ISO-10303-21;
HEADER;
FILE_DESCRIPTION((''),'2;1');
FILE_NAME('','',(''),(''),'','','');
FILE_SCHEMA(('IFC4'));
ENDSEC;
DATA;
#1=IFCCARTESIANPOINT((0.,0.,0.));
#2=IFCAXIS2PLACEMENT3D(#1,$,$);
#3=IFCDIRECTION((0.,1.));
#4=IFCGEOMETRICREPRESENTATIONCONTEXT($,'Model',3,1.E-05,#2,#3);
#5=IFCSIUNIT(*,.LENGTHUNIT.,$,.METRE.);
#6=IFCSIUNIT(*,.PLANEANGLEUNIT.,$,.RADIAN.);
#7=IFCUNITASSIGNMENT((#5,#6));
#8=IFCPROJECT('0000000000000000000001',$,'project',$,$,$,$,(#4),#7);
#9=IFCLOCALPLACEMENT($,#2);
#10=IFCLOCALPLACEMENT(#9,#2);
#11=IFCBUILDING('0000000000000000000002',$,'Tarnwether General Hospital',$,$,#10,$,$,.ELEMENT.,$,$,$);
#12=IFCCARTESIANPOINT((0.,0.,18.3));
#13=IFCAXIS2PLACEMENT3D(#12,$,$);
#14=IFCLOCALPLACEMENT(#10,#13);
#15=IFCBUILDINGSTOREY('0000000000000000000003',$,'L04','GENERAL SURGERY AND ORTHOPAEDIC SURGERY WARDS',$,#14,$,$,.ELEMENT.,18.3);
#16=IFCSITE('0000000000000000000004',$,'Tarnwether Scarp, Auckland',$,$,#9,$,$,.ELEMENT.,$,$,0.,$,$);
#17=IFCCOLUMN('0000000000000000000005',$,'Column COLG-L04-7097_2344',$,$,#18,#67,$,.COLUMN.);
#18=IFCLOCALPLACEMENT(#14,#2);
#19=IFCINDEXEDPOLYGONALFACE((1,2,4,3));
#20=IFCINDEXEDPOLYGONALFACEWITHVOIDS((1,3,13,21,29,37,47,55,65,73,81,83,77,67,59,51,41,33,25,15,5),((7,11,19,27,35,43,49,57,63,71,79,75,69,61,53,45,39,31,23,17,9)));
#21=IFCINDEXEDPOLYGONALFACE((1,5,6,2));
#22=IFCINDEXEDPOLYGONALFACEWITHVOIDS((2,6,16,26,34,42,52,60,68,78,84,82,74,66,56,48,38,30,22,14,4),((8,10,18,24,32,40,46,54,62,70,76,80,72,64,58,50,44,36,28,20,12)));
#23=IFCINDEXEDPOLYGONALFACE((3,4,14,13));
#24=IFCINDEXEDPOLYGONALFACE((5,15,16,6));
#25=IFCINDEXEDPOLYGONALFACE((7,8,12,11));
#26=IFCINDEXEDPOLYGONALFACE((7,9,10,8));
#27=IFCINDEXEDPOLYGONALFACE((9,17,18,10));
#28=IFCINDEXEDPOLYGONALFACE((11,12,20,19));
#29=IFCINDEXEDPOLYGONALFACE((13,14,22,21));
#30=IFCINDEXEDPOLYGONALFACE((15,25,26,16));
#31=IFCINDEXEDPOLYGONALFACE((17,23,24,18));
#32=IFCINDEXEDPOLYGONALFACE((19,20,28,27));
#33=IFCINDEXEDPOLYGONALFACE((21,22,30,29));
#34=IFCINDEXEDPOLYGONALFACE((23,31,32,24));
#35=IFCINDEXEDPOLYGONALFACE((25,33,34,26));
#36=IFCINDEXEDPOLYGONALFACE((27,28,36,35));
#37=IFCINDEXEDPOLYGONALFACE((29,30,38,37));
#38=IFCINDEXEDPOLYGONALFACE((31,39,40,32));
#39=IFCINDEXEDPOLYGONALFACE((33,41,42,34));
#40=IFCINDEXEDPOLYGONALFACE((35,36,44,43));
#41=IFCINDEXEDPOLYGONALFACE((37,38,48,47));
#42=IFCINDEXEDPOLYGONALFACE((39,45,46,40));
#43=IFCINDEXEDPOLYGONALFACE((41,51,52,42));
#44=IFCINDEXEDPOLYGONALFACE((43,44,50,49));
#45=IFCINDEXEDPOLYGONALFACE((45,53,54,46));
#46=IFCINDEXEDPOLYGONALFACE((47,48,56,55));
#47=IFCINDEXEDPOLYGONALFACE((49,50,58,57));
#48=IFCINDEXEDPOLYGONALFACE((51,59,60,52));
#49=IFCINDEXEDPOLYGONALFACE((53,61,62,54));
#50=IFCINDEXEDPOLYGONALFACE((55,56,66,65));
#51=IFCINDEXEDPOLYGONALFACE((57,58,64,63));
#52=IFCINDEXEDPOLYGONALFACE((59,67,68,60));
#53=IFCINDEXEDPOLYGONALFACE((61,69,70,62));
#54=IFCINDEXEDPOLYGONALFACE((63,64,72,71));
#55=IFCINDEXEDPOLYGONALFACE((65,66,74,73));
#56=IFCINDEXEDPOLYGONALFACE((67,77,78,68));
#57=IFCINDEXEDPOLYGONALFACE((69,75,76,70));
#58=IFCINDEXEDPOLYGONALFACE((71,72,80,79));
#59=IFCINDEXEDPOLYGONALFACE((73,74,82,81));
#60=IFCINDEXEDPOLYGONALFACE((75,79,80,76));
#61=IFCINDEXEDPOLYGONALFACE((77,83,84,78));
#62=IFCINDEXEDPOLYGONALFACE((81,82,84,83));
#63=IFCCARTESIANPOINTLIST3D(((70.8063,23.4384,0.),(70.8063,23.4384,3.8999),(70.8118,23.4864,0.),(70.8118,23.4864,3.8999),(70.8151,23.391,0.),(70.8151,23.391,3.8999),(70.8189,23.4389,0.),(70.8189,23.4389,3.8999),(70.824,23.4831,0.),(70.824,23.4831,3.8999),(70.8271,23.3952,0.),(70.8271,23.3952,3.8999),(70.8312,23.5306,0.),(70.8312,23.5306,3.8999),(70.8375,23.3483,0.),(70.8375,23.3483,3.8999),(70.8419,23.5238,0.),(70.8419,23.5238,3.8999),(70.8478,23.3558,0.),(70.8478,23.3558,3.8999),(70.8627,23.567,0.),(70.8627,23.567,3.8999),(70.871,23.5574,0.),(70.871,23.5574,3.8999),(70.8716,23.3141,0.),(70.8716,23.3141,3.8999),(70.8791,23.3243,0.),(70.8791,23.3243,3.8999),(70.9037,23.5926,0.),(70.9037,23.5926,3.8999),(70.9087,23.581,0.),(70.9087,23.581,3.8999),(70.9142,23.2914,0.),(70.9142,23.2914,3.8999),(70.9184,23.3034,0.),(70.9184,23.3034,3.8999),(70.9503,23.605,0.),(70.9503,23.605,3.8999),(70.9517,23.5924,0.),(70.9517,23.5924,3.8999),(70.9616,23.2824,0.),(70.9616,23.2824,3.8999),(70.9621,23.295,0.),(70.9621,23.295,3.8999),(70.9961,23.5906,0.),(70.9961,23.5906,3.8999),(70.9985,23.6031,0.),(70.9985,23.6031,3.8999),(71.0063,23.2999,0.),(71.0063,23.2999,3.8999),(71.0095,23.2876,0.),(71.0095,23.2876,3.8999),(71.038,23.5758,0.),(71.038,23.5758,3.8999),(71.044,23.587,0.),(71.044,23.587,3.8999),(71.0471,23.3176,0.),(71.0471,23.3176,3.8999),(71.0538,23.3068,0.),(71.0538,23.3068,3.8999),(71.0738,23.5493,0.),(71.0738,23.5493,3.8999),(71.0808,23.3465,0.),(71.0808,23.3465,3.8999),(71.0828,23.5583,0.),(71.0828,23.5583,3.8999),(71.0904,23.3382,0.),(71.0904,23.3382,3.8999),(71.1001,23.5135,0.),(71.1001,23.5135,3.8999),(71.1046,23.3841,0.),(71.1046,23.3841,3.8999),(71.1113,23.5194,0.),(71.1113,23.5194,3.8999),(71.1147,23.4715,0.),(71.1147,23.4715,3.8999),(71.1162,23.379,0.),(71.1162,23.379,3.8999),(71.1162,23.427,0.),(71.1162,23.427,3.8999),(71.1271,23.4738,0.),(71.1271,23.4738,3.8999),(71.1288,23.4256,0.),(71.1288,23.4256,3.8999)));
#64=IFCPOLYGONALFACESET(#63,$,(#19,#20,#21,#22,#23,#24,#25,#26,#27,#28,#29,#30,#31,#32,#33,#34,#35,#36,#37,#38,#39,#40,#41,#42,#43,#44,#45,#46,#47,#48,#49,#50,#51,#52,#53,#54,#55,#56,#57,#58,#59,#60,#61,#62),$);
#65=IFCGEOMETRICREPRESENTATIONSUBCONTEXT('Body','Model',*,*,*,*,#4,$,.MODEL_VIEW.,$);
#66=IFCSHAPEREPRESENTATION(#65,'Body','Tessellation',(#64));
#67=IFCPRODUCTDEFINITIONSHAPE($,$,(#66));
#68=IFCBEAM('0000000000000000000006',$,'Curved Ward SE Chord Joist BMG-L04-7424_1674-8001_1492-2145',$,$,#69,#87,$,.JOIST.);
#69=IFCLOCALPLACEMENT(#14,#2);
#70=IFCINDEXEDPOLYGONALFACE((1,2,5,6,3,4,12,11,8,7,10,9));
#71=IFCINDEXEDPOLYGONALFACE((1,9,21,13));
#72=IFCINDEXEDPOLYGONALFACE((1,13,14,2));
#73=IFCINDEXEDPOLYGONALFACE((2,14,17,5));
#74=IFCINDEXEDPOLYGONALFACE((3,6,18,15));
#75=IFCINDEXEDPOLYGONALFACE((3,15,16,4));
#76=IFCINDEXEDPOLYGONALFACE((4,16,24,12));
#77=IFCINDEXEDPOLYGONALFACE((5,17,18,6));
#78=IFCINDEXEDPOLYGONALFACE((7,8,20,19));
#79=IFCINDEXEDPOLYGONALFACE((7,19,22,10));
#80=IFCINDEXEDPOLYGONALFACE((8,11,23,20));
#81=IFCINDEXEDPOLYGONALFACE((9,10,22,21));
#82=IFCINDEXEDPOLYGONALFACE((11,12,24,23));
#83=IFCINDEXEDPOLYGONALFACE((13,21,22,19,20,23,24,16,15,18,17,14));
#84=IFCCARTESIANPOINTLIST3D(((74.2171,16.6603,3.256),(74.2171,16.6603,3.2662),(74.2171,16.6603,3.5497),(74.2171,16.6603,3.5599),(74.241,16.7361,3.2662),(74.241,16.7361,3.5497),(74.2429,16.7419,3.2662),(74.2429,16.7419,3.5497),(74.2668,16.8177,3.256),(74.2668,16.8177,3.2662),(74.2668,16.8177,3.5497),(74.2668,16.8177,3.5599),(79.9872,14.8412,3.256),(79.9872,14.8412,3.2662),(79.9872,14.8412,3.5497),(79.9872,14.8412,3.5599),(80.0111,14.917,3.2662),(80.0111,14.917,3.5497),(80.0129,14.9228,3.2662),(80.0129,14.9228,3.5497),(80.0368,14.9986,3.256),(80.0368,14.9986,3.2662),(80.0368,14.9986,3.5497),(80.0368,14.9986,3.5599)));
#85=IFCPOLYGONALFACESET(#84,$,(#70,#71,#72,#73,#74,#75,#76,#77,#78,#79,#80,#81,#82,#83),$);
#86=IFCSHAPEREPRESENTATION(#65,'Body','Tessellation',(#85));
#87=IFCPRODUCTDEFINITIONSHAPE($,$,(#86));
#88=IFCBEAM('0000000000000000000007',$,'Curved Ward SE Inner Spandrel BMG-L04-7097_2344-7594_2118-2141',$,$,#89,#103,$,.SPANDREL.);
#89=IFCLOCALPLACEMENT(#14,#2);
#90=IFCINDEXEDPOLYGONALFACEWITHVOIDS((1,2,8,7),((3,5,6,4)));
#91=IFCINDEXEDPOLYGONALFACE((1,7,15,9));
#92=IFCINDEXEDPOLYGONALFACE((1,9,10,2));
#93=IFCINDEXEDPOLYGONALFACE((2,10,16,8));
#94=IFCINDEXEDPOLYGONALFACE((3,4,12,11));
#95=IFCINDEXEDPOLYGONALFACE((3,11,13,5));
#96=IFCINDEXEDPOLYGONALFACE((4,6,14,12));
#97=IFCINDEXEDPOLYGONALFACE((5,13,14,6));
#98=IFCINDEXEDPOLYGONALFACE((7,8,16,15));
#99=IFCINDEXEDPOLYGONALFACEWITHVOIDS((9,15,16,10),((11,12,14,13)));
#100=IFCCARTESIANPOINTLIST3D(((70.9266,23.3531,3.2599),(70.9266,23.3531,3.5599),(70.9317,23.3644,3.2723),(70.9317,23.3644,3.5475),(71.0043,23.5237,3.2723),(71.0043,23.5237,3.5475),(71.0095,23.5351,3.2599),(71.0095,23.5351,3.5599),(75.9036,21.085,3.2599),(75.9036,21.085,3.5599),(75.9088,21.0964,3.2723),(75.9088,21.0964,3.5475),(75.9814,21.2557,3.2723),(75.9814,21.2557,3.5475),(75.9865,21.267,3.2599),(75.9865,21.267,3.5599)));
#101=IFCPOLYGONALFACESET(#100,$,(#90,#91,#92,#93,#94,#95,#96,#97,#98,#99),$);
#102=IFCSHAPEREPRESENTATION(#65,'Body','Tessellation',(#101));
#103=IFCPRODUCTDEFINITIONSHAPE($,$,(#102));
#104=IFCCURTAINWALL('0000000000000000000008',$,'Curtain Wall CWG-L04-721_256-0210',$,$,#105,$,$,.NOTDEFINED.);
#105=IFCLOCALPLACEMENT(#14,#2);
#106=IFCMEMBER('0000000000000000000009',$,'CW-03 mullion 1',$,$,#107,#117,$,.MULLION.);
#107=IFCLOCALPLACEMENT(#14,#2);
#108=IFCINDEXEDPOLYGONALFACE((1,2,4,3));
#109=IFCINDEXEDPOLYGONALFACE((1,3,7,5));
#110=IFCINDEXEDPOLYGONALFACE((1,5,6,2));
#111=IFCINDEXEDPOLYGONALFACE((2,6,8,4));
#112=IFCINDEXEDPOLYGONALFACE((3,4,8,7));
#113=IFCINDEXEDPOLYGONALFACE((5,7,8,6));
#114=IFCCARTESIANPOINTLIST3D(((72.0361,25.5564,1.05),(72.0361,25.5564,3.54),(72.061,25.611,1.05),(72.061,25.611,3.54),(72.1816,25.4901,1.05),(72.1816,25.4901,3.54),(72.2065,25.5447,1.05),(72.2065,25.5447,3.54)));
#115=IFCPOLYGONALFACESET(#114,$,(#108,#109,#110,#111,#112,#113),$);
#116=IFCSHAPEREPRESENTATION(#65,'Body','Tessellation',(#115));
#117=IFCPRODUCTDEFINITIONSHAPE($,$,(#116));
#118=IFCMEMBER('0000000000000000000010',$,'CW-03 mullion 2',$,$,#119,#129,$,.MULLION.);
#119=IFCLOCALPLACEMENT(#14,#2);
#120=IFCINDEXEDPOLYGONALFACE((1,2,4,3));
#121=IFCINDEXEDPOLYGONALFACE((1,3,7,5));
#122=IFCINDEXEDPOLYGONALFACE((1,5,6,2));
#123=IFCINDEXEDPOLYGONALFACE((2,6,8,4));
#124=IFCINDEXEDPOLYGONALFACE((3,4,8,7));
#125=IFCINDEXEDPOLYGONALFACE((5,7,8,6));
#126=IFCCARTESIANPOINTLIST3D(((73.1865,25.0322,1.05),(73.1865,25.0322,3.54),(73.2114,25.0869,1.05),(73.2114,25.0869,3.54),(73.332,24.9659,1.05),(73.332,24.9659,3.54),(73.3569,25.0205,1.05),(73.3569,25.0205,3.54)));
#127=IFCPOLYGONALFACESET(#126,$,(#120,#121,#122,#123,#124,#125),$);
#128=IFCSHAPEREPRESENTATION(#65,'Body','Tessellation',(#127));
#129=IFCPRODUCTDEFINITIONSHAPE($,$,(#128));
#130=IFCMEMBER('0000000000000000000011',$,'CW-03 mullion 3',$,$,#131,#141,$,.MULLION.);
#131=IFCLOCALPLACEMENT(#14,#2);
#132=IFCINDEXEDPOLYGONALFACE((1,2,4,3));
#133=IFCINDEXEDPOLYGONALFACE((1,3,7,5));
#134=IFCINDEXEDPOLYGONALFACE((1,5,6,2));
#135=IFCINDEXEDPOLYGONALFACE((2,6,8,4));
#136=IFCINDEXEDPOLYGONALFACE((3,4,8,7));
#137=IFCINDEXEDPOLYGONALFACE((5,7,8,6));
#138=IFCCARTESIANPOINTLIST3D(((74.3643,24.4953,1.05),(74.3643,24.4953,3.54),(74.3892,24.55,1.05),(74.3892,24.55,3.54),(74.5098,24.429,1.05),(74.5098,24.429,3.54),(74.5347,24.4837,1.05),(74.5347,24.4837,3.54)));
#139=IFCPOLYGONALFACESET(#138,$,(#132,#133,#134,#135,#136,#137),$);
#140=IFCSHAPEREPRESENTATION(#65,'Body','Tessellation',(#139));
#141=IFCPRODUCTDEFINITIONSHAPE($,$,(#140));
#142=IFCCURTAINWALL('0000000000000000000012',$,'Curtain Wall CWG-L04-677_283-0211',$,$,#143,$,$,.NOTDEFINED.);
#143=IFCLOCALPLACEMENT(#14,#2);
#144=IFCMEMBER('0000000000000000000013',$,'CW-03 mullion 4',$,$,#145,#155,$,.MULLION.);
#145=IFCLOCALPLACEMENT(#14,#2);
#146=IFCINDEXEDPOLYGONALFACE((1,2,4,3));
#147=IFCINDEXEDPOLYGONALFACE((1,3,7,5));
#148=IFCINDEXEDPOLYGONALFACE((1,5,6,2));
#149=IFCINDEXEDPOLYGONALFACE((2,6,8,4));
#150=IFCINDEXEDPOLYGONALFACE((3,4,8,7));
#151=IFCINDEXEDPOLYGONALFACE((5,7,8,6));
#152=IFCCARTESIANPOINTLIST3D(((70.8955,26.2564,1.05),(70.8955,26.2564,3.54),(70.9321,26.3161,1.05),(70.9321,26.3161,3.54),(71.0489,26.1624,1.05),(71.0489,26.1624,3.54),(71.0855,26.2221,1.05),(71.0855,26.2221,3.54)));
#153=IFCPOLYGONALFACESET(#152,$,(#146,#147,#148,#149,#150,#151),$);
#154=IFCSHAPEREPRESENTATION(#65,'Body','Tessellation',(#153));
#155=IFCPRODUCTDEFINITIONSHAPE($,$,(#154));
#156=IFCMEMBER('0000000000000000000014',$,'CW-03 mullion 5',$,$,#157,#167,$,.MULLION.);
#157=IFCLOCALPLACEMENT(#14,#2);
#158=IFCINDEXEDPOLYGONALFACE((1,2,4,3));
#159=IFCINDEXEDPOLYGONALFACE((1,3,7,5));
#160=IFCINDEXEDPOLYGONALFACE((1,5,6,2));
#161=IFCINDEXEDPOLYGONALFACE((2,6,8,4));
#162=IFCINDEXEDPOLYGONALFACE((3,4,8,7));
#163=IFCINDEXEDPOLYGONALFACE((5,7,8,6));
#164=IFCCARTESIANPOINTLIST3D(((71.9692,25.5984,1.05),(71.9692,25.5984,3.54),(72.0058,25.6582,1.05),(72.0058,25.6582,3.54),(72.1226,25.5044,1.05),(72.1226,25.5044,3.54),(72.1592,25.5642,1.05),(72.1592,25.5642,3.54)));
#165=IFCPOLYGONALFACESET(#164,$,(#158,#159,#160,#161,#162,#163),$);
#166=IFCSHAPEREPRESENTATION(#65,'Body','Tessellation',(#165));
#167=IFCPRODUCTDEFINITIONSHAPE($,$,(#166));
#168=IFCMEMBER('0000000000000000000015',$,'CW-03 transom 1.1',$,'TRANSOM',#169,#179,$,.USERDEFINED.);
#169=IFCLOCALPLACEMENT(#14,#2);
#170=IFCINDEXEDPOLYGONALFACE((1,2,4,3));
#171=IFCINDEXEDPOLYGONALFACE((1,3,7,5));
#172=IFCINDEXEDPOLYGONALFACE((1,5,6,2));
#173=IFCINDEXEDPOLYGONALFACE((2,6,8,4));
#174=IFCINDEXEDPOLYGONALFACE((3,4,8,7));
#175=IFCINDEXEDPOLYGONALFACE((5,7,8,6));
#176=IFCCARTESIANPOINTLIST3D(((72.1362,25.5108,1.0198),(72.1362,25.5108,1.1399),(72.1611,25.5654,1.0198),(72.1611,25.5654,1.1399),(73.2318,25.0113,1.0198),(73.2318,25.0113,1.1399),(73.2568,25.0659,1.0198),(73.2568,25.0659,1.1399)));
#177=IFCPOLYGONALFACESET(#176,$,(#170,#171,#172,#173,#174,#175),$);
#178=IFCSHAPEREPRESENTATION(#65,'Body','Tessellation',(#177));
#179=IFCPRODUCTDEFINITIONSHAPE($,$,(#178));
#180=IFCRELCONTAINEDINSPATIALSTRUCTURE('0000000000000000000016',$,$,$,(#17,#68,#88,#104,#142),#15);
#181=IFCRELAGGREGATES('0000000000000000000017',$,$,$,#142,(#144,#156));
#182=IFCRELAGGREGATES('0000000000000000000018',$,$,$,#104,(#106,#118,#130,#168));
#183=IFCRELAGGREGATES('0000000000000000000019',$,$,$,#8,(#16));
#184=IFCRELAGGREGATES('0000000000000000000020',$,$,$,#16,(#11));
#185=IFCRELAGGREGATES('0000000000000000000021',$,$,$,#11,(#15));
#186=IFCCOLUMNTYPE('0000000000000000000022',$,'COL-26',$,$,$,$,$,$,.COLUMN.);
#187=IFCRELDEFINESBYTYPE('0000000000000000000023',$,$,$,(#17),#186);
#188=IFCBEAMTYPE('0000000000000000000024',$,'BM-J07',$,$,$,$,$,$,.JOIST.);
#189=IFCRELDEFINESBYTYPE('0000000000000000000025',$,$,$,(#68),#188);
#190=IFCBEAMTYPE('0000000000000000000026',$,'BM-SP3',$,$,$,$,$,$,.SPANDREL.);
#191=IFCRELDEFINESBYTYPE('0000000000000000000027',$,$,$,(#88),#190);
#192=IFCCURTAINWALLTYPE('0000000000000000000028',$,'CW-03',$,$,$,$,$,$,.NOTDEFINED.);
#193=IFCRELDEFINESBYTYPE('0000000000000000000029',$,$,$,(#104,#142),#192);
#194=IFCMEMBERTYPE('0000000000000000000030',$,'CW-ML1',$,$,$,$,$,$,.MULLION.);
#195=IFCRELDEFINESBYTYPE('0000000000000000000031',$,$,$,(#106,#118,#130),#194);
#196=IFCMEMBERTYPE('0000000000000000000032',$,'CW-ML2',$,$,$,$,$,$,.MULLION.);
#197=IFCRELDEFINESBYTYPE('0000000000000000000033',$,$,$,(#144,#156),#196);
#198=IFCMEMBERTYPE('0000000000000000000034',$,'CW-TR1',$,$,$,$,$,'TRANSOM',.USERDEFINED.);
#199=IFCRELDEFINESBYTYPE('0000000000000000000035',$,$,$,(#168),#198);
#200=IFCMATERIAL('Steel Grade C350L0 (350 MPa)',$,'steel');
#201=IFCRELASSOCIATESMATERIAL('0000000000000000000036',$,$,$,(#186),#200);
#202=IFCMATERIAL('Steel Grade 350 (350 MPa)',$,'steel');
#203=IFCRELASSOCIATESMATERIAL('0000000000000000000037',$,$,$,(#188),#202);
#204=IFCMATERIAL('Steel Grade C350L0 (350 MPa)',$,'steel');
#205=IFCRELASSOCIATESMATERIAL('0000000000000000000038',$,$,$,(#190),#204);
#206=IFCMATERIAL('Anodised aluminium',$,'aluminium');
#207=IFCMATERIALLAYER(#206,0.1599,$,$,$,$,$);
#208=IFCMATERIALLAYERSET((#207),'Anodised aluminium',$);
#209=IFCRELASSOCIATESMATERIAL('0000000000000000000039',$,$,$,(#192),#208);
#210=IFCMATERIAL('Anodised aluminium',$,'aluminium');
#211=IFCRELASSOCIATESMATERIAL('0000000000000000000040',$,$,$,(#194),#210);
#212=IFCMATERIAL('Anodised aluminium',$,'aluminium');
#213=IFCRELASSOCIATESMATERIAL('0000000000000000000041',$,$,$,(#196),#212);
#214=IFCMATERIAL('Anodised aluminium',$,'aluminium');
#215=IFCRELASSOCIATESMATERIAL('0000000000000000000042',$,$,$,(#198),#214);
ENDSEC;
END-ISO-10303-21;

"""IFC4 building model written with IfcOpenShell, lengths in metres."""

from ifc_helpers import new_model, si_unit, direction, frame, origin, origin_2d, place, context, subcontext, project, spatial, rectangle, hollow_rectangle, hollow_circle, i_section, extrude, material, layer, layer_set, material_profile, profile_set, type_object, element, aggregate, save


model = new_model("IFC4")

# Units and contexts
model_context = context("Model", 3, precision=1e-05, world=origin(), true_north=direction((0.0, 1.0)))
body_context = subcontext(model_context, "Body", "Model", "MODEL_VIEW")
ifc_project = project(units=[si_unit("LENGTHUNIT", "METRE"), si_unit("PLANEANGLEUNIT", "RADIAN")], contexts=[model_context])

# Site, building, storey
site_placement = place(None, origin())
site = spatial("IfcSite", under=ifc_project, at=site_placement, Name="Tarnwether Scarp, Auckland", CompositionType="ELEMENT", RefElevation=0.0)
building_placement = place(site_placement, origin())
building = spatial("IfcBuilding", under=site, at=building_placement, Name="Tarnwether General Hospital", CompositionType="ELEMENT")
storey_placement = place(building_placement, frame((0.0, 0.0, 18.3)))
storey = spatial("IfcBuildingStorey", under=building, at=storey_placement, Name="L04", Description="GENERAL SURGERY AND ORTHOPAEDIC SURGERY WARDS", CompositionType="ELEMENT", Elevation=18.3)

# Column
ifc_material_1 = material(Name="Steel Grade C350L0 (350 MPa)", Category="steel")
ifc_material_profile_1 = material_profile(ifc_material_1, hollow_circle(Radius=0.1619, WallThickness=0.0127, at=origin_2d()), Name="CHS323.9x12.7")
ifc_profile_set_1 = profile_set([ifc_material_profile_1], Name="Steel Grade C350L0 (350 MPa)")
column_type = type_object("IfcColumnType", Name="COL-26", PredefinedType="COLUMN", material=ifc_profile_set_1)
column_placement = place(storey_placement, frame((70.968, 23.4441, 0.0), z_axis=(0.0, 0.0, 1.0), x_axis=(0.469472, 0.882948, 0.0)))
element("IfcColumn", 1, at=column_placement, inside=storey, type_object=column_type, Name="Column COLG-L04-7097_2344", PredefinedType="COLUMN", context=body_context, shape_type="SweptSolid", body=[
    extrude(hollow_circle(Radius=0.1619, WallThickness=0.0127, at=origin_2d()), origin(), (0.0, 0.0, 1.0), 3.8999),
])

# Beams
ifc_material_2 = material(Name="Steel Grade 350 (350 MPa)", Category="steel")
ifc_material_profile_2 = material_profile(ifc_material_2, i_section(OverallWidth=0.165, OverallDepth=0.304, WebThickness=0.0061, FlangeThickness=0.0103, at=origin_2d()), Name="310UB40.4")
ifc_profile_set_2 = profile_set([ifc_material_profile_2], Name="Steel Grade 350 (350 MPa)")
beam_type_1 = type_object("IfcBeamType", Name="BM-J07", PredefinedType="JOIST", material=ifc_profile_set_2)
beam_1_placement = place(storey_placement, frame((74.2419, 16.739, 3.408), z_axis=(0.953726, -0.300677, 0.0), x_axis=(0.300677, 0.953726, 0.0)))
element("IfcBeam", 2, at=beam_1_placement, inside=storey, type_object=beam_type_1, Name="Curved Ward SE Chord Joist BMG-L04-7424_1674-8001_1492-2145", PredefinedType="JOIST", context=body_context, shape_type="SweptSolid", body=[
    extrude(i_section(OverallWidth=0.165, OverallDepth=0.304, WebThickness=0.0061, FlangeThickness=0.0103, at=origin_2d()), origin(), (0.0, 0.0, 1.0), 6.05),
])
ifc_material_3 = material(Name="Steel Grade C350L0 (350 MPa)", Category="steel")
ifc_material_profile_3 = material_profile(ifc_material_3, hollow_rectangle(XDim=0.2, YDim=0.3, WallThickness=0.0125, at=origin_2d()), Name="RHS300x200x12.5")
ifc_profile_set_3 = profile_set([ifc_material_profile_3], Name="Steel Grade C350L0 (350 MPa)")
beam_type_2 = type_object("IfcBeamType", Name="BM-SP3", PredefinedType="SPANDREL", material=ifc_profile_set_3)
beam_2_placement = place(storey_placement, frame((70.968, 23.4441, 3.4099), z_axis=(0.909969, -0.414677, 0.0), x_axis=(0.414677, 0.909969, 0.0)))
element("IfcBeam", 3, at=beam_2_placement, inside=storey, type_object=beam_type_2, Name="Curved Ward SE Inner Spandrel BMG-L04-7097_2344-7594_2118-2141", PredefinedType="SPANDREL", context=body_context, shape_type="SweptSolid", body=[
    extrude(hollow_rectangle(XDim=0.2, YDim=0.3, WallThickness=0.0125, at=origin_2d()), origin(), (0.0, 0.0, 1.0), 5.4695),
])

# Curtain walls, members
ifc_material_4 = material(Name="Anodised aluminium", Category="aluminium")
ifc_layer_1 = layer(ifc_material_4, 0.1599)
ifc_layer_set_1 = layer_set([ifc_layer_1], Name="Anodised aluminium")
curtain_wall_type = type_object("IfcCurtainWallType", Name="CW-03", PredefinedType="NOTDEFINED", material=ifc_layer_set_1)
curtain_wall_1_placement = place(storey_placement, origin())
curtain_wall_1 = element("IfcCurtainWall", 4, at=curtain_wall_1_placement, inside=storey, type_object=curtain_wall_type, Name="Curtain Wall CWG-L04-721_256-0210", PredefinedType="NOTDEFINED")
ifc_material_5 = material(Name="Anodised aluminium", Category="aluminium")
ifc_material_profile_4 = material_profile(ifc_material_5, rectangle(XDim=0.0601, YDim=0.1599, at=origin_2d()), Name="ALU-MUL-60x160")
ifc_profile_set_4 = profile_set([ifc_material_profile_4], Name="Anodised aluminium")
member_type_1 = type_object("IfcMemberType", Name="CW-ML1", PredefinedType="MULLION", material=ifc_profile_set_4)
member_1_placement = place(storey_placement, frame((72.1213, 25.5505, 1.05), z_axis=(0.0, 0.0, 1.0), x_axis=(0.414705, 0.909956, 0.0)))
member_1 = element("IfcMember", 5, at=member_1_placement, type_object=member_type_1, Name="CW-03 mullion 1", PredefinedType="MULLION", context=body_context, shape_type="SweptSolid", body=[
    extrude(rectangle(XDim=0.0601, YDim=0.1599, at=origin_2d()), origin(), (0.0, 0.0, 1.0), 2.49),
])
member_2_placement = place(storey_placement, frame((73.2717, 25.0264, 1.05), z_axis=(0.0, 0.0, 1.0), x_axis=(0.414705, 0.909956, 0.0)))
member_2 = element("IfcMember", 6, at=member_2_placement, type_object=member_type_1, Name="CW-03 mullion 2", PredefinedType="MULLION", context=body_context, shape_type="SweptSolid", body=[
    extrude(rectangle(XDim=0.0601, YDim=0.1599, at=origin_2d()), origin(), (0.0, 0.0, 1.0), 2.49),
])
member_3_placement = place(storey_placement, frame((74.4495, 24.4895, 1.05), z_axis=(0.0, 0.0, 1.0), x_axis=(0.414705, 0.909956, 0.0)))
member_3 = element("IfcMember", 7, at=member_3_placement, type_object=member_type_1, Name="CW-03 mullion 3", PredefinedType="MULLION", context=body_context, shape_type="SweptSolid", body=[
    extrude(rectangle(XDim=0.0601, YDim=0.1599, at=origin_2d()), origin(), (0.0, 0.0, 1.0), 2.49),
])
curtain_wall_2_placement = place(storey_placement, origin())
curtain_wall_2 = element("IfcCurtainWall", 8, at=curtain_wall_2_placement, inside=storey, type_object=curtain_wall_type, Name="Curtain Wall CWG-L04-677_283-0211", PredefinedType="NOTDEFINED")
ifc_material_6 = material(Name="Anodised aluminium", Category="aluminium")
ifc_material_profile_5 = material_profile(ifc_material_6, rectangle(XDim=0.0701, YDim=0.1799, at=origin_2d()), Name="ALU-MUL-70x180")
ifc_profile_set_5 = profile_set([ifc_material_profile_5], Name="Anodised aluminium")
member_type_2 = type_object("IfcMemberType", Name="CW-ML2", PredefinedType="MULLION", material=ifc_profile_set_5)
member_4_placement = place(storey_placement, frame((70.9905, 26.2393, 1.05), z_axis=(0.0, 0.0, 1.0), x_axis=(0.522512, 0.852632, 0.0)))
member_4 = element("IfcMember", 9, at=member_4_placement, type_object=member_type_2, Name="CW-03 mullion 4", PredefinedType="MULLION", context=body_context, shape_type="SweptSolid", body=[
    extrude(rectangle(XDim=0.0701, YDim=0.1799, at=origin_2d()), origin(), (0.0, 0.0, 1.0), 2.49),
])
member_5_placement = place(storey_placement, frame((72.0642, 25.5813, 1.05), z_axis=(0.0, 0.0, 1.0), x_axis=(0.522512, 0.852632, 0.0)))
member_5 = element("IfcMember", 10, at=member_5_placement, type_object=member_type_2, Name="CW-03 mullion 5", PredefinedType="MULLION", context=body_context, shape_type="SweptSolid", body=[
    extrude(rectangle(XDim=0.0701, YDim=0.1799, at=origin_2d()), origin(), (0.0, 0.0, 1.0), 2.49),
])

# Member
ifc_material_7 = material(Name="Anodised aluminium", Category="aluminium")
ifc_material_profile_6 = material_profile(ifc_material_7, rectangle(XDim=0.0601, YDim=0.1201, at=origin_2d()), Name="ALU-TRN-60x120")
ifc_profile_set_6 = profile_set([ifc_material_profile_6], Name="Anodised aluminium")
member_type_3 = type_object("IfcMemberType", Name="CW-TR1", ElementType="TRANSOM", PredefinedType="USERDEFINED", material=ifc_profile_set_6)
member_6_placement = place(storey_placement, frame((72.1487, 25.5381, 1.0798), z_axis=(0.909908, -0.414811, 0.0), x_axis=(0.414811, 0.909908, 0.0)))
member_6 = element("IfcMember", 11, at=member_6_placement, type_object=member_type_3, Name="CW-03 transom 1.1", ObjectType="TRANSOM", PredefinedType="USERDEFINED", context=body_context, shape_type="SweptSolid", body=[
    extrude(rectangle(XDim=0.0601, YDim=0.1201, at=origin_2d()), origin(), (0.0, 0.0, 1.0), 1.2041),
])

aggregate(curtain_wall_2, [member_4, member_5])
aggregate(curtain_wall_1, [member_1, member_2, member_3, member_6])

save(model, "model.ifc")
